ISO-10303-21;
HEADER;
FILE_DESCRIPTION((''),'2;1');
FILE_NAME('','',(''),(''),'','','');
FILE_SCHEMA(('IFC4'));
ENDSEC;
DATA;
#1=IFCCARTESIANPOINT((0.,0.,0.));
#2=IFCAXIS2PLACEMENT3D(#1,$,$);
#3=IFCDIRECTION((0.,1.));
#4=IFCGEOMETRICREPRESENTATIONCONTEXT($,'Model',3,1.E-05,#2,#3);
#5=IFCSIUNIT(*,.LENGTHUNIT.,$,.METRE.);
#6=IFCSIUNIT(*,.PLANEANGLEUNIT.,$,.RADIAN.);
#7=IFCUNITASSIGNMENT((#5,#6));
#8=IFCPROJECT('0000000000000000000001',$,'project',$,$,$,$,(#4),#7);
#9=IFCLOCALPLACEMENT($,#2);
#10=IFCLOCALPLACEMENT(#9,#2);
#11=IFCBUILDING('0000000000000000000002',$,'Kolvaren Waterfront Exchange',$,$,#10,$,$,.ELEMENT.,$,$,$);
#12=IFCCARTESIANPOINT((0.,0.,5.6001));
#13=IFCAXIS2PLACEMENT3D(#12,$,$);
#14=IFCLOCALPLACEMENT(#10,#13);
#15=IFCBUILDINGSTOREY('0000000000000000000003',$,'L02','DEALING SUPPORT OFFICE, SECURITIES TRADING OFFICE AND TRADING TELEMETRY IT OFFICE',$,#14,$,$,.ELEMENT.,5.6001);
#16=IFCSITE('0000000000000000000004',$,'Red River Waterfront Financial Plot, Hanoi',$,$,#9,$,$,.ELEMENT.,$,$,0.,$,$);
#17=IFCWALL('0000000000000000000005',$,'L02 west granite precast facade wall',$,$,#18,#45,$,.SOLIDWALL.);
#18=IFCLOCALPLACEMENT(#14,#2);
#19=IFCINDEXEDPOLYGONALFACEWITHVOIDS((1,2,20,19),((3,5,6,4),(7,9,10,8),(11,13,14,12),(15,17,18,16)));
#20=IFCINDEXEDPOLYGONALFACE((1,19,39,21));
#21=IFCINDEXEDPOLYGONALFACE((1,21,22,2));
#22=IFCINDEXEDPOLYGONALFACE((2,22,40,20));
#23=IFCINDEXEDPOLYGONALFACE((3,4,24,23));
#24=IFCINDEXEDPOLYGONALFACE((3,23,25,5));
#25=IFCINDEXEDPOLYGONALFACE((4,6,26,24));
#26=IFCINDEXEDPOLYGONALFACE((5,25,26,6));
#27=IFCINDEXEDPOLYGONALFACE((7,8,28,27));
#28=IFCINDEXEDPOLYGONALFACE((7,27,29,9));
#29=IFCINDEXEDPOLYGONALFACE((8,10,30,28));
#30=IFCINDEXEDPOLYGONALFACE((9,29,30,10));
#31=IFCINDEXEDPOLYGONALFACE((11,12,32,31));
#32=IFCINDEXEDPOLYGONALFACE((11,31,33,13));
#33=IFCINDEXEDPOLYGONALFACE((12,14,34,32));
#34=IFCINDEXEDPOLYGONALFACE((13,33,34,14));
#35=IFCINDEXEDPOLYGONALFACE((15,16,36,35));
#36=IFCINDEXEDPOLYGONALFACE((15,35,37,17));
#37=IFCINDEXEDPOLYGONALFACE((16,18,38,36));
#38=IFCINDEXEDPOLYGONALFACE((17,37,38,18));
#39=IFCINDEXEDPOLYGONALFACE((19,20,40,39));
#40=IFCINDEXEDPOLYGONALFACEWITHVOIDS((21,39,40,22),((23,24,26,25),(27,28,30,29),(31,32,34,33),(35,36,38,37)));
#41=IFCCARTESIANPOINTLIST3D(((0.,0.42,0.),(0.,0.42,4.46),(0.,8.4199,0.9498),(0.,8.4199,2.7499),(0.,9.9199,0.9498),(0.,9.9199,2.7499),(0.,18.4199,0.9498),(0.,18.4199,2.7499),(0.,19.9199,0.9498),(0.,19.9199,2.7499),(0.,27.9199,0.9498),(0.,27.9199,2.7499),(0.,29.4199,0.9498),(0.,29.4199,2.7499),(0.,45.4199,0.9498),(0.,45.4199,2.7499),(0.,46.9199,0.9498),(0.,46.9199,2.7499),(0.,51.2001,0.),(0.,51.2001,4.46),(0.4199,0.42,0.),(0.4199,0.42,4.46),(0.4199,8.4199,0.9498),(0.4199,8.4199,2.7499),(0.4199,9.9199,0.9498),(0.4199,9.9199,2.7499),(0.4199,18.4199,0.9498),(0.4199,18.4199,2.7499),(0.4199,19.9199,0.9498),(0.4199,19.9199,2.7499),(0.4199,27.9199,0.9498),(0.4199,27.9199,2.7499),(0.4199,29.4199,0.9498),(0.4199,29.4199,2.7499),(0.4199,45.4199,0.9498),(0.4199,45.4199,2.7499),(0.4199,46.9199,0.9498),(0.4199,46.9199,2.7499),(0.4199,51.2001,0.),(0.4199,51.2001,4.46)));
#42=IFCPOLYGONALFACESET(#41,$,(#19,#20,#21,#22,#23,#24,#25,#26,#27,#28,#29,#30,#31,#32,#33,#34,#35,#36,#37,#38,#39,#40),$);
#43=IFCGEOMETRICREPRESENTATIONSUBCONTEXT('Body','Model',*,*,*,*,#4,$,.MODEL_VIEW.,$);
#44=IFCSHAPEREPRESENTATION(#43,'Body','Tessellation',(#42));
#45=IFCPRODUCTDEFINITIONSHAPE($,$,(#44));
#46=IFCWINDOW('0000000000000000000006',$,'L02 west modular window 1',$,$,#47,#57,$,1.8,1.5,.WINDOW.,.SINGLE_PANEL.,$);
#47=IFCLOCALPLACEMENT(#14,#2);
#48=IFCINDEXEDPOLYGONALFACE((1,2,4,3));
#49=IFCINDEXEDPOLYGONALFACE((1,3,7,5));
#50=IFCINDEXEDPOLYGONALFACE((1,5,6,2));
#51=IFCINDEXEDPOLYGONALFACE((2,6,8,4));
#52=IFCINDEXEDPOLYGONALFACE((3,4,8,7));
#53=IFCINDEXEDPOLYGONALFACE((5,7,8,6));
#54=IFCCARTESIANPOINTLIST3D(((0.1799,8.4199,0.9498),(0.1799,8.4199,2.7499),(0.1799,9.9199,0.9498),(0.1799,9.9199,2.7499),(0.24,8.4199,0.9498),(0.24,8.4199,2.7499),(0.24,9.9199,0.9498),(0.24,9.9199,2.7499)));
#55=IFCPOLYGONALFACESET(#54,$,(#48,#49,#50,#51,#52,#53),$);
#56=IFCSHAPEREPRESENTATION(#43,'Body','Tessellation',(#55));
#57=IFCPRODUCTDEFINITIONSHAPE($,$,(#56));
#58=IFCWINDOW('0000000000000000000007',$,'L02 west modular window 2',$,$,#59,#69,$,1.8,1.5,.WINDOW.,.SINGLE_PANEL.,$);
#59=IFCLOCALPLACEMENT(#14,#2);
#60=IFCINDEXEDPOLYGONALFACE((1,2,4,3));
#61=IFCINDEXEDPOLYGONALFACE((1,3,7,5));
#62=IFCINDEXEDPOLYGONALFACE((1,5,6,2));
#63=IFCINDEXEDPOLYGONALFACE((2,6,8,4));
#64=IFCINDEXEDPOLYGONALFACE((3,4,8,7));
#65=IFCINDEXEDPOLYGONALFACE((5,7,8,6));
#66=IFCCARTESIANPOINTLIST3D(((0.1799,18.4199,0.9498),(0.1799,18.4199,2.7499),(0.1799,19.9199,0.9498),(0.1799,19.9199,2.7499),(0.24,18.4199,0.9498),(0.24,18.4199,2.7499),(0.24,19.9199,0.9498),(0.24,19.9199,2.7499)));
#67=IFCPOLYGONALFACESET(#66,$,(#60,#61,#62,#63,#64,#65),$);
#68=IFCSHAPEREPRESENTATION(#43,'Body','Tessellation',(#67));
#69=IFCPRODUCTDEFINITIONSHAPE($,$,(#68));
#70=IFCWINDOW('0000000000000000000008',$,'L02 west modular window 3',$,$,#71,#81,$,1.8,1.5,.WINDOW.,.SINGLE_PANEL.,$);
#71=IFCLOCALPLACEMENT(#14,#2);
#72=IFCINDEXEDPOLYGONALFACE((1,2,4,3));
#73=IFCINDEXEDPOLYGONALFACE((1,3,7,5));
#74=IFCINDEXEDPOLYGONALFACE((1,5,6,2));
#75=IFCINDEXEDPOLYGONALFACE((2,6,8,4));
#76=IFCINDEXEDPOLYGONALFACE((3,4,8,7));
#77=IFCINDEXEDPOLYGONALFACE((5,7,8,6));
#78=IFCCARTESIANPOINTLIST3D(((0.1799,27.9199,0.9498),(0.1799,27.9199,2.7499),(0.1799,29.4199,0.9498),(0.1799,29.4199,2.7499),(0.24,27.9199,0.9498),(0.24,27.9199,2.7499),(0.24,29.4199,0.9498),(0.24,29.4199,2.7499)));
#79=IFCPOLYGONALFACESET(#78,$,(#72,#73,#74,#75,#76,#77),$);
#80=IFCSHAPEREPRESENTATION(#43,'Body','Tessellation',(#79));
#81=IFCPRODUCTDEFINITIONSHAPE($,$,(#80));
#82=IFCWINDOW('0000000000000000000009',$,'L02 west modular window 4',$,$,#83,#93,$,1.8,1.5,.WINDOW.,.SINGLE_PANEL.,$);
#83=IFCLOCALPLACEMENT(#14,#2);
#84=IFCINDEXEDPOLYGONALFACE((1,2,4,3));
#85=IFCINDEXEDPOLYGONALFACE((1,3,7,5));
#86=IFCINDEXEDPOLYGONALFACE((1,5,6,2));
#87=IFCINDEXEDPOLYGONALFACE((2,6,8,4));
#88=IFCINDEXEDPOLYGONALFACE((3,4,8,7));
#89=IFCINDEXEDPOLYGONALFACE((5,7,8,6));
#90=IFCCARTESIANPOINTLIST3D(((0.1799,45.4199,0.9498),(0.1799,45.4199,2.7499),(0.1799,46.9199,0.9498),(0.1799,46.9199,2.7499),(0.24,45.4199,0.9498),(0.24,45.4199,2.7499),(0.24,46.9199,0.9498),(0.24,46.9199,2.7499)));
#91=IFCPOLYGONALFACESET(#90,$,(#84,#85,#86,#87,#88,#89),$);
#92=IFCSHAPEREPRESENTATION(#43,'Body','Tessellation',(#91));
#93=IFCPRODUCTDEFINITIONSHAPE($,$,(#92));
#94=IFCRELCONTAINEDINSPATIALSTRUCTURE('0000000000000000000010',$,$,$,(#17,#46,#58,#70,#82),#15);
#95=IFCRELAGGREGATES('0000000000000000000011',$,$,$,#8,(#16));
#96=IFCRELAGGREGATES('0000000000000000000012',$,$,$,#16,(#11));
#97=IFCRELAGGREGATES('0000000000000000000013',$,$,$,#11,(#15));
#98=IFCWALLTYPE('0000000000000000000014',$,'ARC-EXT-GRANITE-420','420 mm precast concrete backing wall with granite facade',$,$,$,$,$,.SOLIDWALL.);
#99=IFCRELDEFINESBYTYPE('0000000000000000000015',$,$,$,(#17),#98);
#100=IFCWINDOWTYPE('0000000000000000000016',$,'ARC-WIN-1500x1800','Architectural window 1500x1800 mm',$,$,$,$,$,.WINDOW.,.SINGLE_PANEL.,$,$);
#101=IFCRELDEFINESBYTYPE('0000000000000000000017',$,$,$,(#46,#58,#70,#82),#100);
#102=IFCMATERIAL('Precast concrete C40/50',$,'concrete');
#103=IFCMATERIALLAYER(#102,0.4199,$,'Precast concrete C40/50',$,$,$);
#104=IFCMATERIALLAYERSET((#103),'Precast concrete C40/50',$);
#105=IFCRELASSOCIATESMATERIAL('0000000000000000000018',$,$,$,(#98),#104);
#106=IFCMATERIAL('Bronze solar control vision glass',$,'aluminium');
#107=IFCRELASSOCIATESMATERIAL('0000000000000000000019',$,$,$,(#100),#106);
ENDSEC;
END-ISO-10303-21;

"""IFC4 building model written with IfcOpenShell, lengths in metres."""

from ifc_helpers import new_model, si_unit, direction, frame, frame_2d, origin, place, context, subcontext, project, spatial, rectangle, extrude, material, layer, layer_set, type_object, element, fill, save


model = new_model("IFC4")

# Units and contexts
model_context = context("Model", 3, precision=1e-05, world=origin(), true_north=direction((0.0, 1.0)))
body_context = subcontext(model_context, "Body", "Model", "MODEL_VIEW")
ifc_project = project(units=[si_unit("LENGTHUNIT", "METRE"), si_unit("PLANEANGLEUNIT", "RADIAN")], contexts=[model_context])

# Site, building, storey
site_placement = place(None, origin())
site = spatial("IfcSite", under=ifc_project, at=site_placement, Name="Red River Waterfront Financial Plot, Hanoi", CompositionType="ELEMENT", RefElevation=0.0)
building_placement = place(site_placement, origin())
building = spatial("IfcBuilding", under=site, at=building_placement, Name="Kolvaren Waterfront Exchange", CompositionType="ELEMENT")
storey_placement = place(building_placement, frame((0.0, 0.0, 5.6001)))
storey = spatial("IfcBuildingStorey", under=building, at=storey_placement, Name="L02", Description="DEALING SUPPORT OFFICE, SECURITIES TRADING OFFICE AND TRADING TELEMETRY IT OFFICE", CompositionType="ELEMENT", Elevation=5.6001)

# Wall, openings, windows
ifc_material_1 = material(Name="Precast concrete C40/50", Category="concrete")
ifc_layer_1 = layer(ifc_material_1, 0.4199, Name="Precast concrete C40/50")
ifc_layer_set_1 = layer_set([ifc_layer_1], Name="Precast concrete C40/50")
wall_type_1 = type_object("IfcWallType", Name="ARC-EXT-GRANITE-420", Description="420 mm precast concrete backing wall with granite facade", PredefinedType="SOLIDWALL", material=ifc_layer_set_1)
ifc_material_2 = material(Name="Bronze solar control vision glass", Category="aluminium")
window_type = type_object("IfcWindowType", Name="ARC-WIN-1500x1800", Description="Architectural window 1500x1800 mm", PartitioningType="SINGLE_PANEL", PredefinedType="WINDOW", material=ifc_material_2)
wall_1_placement = place(storey_placement, frame((0.21, 0.4199, 0.0), z_axis=(0.0, 0.0, 1.0), x_axis=(0.0, 1.0, 0.0)))
wall_1 = element("IfcWall", 1, at=wall_1_placement, inside=storey, type_object=wall_type_1, Name="L02 west granite precast facade wall", PredefinedType="SOLIDWALL", context=body_context, shape_type="SweptSolid", body=[
    extrude(rectangle(XDim=50.78, YDim=0.4199, at=frame_2d((25.3901, 0.0))), origin(), (0.0, 0.0, 1.0), 4.46),
])
opening_1_placement = place(wall_1_placement, frame((8.0, 0.0, 0.95)))
opening_1 = element("IfcOpeningElement", 2, at=opening_1_placement, cuts=wall_1, PredefinedType="OPENING", context=body_context, shape_type="SweptSolid", body=[
    extrude(rectangle(XDim=1.5, YDim=1.8, at=frame_2d((0.75, 0.8999))), frame((0.0, 0.22, 0.0), z_axis=(0.0, -1.0, 0.0), x_axis=(1.0, 0.0, 0.0)), (0.0, 0.0, 1.0), 0.4399),
])
opening_2_placement = place(wall_1_placement, frame((18.0, 0.0, 0.95)))
opening_2 = element("IfcOpeningElement", 3, at=opening_2_placement, cuts=wall_1, PredefinedType="OPENING", context=body_context, shape_type="SweptSolid", body=[
    extrude(rectangle(XDim=1.5, YDim=1.8, at=frame_2d((0.75, 0.8999))), frame((0.0, 0.22, 0.0), z_axis=(0.0, -1.0, 0.0), x_axis=(1.0, 0.0, 0.0)), (0.0, 0.0, 1.0), 0.4399),
])
opening_3_placement = place(wall_1_placement, frame((27.5, 0.0, 0.95)))
opening_3 = element("IfcOpeningElement", 4, at=opening_3_placement, cuts=wall_1, PredefinedType="OPENING", context=body_context, shape_type="SweptSolid", body=[
    extrude(rectangle(XDim=1.5, YDim=1.8, at=frame_2d((0.75, 0.8999))), frame((0.0, 0.22, 0.0), z_axis=(0.0, -1.0, 0.0), x_axis=(1.0, 0.0, 0.0)), (0.0, 0.0, 1.0), 0.4399),
])
opening_4_placement = place(wall_1_placement, frame((45.0, 0.0, 0.95)))
opening_4 = element("IfcOpeningElement", 5, at=opening_4_placement, cuts=wall_1, PredefinedType="OPENING", context=body_context, shape_type="SweptSolid", body=[
    extrude(rectangle(XDim=1.5, YDim=1.8, at=frame_2d((0.75, 0.8999))), frame((0.0, 0.22, 0.0), z_axis=(0.0, -1.0, 0.0), x_axis=(1.0, 0.0, 0.0)), (0.0, 0.0, 1.0), 0.4399),
])
window_1_placement = place(opening_1_placement, origin())
window_1 = element("IfcWindow", 6, at=window_1_placement, inside=storey, type_object=window_type, Name="L02 west modular window 1", OverallHeight=1.8, OverallWidth=1.5, PartitioningType="SINGLE_PANEL", PredefinedType="WINDOW", context=body_context, shape_type="SweptSolid", body=[
    extrude(rectangle(XDim=1.5, YDim=1.8, at=frame_2d((0.75, 0.8999))), frame((0.0, 0.03, 0.0), z_axis=(0.0, -1.0, 0.0), x_axis=(1.0, 0.0, 0.0)), (0.0, 0.0, 1.0), 0.0601),
])
fill(opening_1, window_1)
window_2_placement = place(opening_2_placement, origin())
window_2 = element("IfcWindow", 7, at=window_2_placement, inside=storey, type_object=window_type, Name="L02 west modular window 2", OverallHeight=1.8, OverallWidth=1.5, PartitioningType="SINGLE_PANEL", PredefinedType="WINDOW", context=body_context, shape_type="SweptSolid", body=[
    extrude(rectangle(XDim=1.5, YDim=1.8, at=frame_2d((0.75, 0.8999))), frame((0.0, 0.03, 0.0), z_axis=(0.0, -1.0, 0.0), x_axis=(1.0, 0.0, 0.0)), (0.0, 0.0, 1.0), 0.0601),
])
fill(opening_2, window_2)
window_3_placement = place(opening_3_placement, origin())
window_3 = element("IfcWindow", 8, at=window_3_placement, inside=storey, type_object=window_type, Name="L02 west modular window 3", OverallHeight=1.8, OverallWidth=1.5, PartitioningType="SINGLE_PANEL", PredefinedType="WINDOW", context=body_context, shape_type="SweptSolid", body=[
    extrude(rectangle(XDim=1.5, YDim=1.8, at=frame_2d((0.75, 0.8999))), frame((0.0, 0.03, 0.0), z_axis=(0.0, -1.0, 0.0), x_axis=(1.0, 0.0, 0.0)), (0.0, 0.0, 1.0), 0.0601),
])
fill(opening_3, window_3)
window_4_placement = place(opening_4_placement, origin())
window_4 = element("IfcWindow", 9, at=window_4_placement, inside=storey, type_object=window_type, Name="L02 west modular window 4", OverallHeight=1.8, OverallWidth=1.5, PartitioningType="SINGLE_PANEL", PredefinedType="WINDOW", context=body_context, shape_type="SweptSolid", body=[
    extrude(rectangle(XDim=1.5, YDim=1.8, at=frame_2d((0.75, 0.8999))), frame((0.0, 0.03, 0.0), z_axis=(0.0, -1.0, 0.0), x_axis=(1.0, 0.0, 0.0)), (0.0, 0.0, 1.0), 0.0601),
])
fill(opening_4, window_4)

save(model, "model.ifc")
